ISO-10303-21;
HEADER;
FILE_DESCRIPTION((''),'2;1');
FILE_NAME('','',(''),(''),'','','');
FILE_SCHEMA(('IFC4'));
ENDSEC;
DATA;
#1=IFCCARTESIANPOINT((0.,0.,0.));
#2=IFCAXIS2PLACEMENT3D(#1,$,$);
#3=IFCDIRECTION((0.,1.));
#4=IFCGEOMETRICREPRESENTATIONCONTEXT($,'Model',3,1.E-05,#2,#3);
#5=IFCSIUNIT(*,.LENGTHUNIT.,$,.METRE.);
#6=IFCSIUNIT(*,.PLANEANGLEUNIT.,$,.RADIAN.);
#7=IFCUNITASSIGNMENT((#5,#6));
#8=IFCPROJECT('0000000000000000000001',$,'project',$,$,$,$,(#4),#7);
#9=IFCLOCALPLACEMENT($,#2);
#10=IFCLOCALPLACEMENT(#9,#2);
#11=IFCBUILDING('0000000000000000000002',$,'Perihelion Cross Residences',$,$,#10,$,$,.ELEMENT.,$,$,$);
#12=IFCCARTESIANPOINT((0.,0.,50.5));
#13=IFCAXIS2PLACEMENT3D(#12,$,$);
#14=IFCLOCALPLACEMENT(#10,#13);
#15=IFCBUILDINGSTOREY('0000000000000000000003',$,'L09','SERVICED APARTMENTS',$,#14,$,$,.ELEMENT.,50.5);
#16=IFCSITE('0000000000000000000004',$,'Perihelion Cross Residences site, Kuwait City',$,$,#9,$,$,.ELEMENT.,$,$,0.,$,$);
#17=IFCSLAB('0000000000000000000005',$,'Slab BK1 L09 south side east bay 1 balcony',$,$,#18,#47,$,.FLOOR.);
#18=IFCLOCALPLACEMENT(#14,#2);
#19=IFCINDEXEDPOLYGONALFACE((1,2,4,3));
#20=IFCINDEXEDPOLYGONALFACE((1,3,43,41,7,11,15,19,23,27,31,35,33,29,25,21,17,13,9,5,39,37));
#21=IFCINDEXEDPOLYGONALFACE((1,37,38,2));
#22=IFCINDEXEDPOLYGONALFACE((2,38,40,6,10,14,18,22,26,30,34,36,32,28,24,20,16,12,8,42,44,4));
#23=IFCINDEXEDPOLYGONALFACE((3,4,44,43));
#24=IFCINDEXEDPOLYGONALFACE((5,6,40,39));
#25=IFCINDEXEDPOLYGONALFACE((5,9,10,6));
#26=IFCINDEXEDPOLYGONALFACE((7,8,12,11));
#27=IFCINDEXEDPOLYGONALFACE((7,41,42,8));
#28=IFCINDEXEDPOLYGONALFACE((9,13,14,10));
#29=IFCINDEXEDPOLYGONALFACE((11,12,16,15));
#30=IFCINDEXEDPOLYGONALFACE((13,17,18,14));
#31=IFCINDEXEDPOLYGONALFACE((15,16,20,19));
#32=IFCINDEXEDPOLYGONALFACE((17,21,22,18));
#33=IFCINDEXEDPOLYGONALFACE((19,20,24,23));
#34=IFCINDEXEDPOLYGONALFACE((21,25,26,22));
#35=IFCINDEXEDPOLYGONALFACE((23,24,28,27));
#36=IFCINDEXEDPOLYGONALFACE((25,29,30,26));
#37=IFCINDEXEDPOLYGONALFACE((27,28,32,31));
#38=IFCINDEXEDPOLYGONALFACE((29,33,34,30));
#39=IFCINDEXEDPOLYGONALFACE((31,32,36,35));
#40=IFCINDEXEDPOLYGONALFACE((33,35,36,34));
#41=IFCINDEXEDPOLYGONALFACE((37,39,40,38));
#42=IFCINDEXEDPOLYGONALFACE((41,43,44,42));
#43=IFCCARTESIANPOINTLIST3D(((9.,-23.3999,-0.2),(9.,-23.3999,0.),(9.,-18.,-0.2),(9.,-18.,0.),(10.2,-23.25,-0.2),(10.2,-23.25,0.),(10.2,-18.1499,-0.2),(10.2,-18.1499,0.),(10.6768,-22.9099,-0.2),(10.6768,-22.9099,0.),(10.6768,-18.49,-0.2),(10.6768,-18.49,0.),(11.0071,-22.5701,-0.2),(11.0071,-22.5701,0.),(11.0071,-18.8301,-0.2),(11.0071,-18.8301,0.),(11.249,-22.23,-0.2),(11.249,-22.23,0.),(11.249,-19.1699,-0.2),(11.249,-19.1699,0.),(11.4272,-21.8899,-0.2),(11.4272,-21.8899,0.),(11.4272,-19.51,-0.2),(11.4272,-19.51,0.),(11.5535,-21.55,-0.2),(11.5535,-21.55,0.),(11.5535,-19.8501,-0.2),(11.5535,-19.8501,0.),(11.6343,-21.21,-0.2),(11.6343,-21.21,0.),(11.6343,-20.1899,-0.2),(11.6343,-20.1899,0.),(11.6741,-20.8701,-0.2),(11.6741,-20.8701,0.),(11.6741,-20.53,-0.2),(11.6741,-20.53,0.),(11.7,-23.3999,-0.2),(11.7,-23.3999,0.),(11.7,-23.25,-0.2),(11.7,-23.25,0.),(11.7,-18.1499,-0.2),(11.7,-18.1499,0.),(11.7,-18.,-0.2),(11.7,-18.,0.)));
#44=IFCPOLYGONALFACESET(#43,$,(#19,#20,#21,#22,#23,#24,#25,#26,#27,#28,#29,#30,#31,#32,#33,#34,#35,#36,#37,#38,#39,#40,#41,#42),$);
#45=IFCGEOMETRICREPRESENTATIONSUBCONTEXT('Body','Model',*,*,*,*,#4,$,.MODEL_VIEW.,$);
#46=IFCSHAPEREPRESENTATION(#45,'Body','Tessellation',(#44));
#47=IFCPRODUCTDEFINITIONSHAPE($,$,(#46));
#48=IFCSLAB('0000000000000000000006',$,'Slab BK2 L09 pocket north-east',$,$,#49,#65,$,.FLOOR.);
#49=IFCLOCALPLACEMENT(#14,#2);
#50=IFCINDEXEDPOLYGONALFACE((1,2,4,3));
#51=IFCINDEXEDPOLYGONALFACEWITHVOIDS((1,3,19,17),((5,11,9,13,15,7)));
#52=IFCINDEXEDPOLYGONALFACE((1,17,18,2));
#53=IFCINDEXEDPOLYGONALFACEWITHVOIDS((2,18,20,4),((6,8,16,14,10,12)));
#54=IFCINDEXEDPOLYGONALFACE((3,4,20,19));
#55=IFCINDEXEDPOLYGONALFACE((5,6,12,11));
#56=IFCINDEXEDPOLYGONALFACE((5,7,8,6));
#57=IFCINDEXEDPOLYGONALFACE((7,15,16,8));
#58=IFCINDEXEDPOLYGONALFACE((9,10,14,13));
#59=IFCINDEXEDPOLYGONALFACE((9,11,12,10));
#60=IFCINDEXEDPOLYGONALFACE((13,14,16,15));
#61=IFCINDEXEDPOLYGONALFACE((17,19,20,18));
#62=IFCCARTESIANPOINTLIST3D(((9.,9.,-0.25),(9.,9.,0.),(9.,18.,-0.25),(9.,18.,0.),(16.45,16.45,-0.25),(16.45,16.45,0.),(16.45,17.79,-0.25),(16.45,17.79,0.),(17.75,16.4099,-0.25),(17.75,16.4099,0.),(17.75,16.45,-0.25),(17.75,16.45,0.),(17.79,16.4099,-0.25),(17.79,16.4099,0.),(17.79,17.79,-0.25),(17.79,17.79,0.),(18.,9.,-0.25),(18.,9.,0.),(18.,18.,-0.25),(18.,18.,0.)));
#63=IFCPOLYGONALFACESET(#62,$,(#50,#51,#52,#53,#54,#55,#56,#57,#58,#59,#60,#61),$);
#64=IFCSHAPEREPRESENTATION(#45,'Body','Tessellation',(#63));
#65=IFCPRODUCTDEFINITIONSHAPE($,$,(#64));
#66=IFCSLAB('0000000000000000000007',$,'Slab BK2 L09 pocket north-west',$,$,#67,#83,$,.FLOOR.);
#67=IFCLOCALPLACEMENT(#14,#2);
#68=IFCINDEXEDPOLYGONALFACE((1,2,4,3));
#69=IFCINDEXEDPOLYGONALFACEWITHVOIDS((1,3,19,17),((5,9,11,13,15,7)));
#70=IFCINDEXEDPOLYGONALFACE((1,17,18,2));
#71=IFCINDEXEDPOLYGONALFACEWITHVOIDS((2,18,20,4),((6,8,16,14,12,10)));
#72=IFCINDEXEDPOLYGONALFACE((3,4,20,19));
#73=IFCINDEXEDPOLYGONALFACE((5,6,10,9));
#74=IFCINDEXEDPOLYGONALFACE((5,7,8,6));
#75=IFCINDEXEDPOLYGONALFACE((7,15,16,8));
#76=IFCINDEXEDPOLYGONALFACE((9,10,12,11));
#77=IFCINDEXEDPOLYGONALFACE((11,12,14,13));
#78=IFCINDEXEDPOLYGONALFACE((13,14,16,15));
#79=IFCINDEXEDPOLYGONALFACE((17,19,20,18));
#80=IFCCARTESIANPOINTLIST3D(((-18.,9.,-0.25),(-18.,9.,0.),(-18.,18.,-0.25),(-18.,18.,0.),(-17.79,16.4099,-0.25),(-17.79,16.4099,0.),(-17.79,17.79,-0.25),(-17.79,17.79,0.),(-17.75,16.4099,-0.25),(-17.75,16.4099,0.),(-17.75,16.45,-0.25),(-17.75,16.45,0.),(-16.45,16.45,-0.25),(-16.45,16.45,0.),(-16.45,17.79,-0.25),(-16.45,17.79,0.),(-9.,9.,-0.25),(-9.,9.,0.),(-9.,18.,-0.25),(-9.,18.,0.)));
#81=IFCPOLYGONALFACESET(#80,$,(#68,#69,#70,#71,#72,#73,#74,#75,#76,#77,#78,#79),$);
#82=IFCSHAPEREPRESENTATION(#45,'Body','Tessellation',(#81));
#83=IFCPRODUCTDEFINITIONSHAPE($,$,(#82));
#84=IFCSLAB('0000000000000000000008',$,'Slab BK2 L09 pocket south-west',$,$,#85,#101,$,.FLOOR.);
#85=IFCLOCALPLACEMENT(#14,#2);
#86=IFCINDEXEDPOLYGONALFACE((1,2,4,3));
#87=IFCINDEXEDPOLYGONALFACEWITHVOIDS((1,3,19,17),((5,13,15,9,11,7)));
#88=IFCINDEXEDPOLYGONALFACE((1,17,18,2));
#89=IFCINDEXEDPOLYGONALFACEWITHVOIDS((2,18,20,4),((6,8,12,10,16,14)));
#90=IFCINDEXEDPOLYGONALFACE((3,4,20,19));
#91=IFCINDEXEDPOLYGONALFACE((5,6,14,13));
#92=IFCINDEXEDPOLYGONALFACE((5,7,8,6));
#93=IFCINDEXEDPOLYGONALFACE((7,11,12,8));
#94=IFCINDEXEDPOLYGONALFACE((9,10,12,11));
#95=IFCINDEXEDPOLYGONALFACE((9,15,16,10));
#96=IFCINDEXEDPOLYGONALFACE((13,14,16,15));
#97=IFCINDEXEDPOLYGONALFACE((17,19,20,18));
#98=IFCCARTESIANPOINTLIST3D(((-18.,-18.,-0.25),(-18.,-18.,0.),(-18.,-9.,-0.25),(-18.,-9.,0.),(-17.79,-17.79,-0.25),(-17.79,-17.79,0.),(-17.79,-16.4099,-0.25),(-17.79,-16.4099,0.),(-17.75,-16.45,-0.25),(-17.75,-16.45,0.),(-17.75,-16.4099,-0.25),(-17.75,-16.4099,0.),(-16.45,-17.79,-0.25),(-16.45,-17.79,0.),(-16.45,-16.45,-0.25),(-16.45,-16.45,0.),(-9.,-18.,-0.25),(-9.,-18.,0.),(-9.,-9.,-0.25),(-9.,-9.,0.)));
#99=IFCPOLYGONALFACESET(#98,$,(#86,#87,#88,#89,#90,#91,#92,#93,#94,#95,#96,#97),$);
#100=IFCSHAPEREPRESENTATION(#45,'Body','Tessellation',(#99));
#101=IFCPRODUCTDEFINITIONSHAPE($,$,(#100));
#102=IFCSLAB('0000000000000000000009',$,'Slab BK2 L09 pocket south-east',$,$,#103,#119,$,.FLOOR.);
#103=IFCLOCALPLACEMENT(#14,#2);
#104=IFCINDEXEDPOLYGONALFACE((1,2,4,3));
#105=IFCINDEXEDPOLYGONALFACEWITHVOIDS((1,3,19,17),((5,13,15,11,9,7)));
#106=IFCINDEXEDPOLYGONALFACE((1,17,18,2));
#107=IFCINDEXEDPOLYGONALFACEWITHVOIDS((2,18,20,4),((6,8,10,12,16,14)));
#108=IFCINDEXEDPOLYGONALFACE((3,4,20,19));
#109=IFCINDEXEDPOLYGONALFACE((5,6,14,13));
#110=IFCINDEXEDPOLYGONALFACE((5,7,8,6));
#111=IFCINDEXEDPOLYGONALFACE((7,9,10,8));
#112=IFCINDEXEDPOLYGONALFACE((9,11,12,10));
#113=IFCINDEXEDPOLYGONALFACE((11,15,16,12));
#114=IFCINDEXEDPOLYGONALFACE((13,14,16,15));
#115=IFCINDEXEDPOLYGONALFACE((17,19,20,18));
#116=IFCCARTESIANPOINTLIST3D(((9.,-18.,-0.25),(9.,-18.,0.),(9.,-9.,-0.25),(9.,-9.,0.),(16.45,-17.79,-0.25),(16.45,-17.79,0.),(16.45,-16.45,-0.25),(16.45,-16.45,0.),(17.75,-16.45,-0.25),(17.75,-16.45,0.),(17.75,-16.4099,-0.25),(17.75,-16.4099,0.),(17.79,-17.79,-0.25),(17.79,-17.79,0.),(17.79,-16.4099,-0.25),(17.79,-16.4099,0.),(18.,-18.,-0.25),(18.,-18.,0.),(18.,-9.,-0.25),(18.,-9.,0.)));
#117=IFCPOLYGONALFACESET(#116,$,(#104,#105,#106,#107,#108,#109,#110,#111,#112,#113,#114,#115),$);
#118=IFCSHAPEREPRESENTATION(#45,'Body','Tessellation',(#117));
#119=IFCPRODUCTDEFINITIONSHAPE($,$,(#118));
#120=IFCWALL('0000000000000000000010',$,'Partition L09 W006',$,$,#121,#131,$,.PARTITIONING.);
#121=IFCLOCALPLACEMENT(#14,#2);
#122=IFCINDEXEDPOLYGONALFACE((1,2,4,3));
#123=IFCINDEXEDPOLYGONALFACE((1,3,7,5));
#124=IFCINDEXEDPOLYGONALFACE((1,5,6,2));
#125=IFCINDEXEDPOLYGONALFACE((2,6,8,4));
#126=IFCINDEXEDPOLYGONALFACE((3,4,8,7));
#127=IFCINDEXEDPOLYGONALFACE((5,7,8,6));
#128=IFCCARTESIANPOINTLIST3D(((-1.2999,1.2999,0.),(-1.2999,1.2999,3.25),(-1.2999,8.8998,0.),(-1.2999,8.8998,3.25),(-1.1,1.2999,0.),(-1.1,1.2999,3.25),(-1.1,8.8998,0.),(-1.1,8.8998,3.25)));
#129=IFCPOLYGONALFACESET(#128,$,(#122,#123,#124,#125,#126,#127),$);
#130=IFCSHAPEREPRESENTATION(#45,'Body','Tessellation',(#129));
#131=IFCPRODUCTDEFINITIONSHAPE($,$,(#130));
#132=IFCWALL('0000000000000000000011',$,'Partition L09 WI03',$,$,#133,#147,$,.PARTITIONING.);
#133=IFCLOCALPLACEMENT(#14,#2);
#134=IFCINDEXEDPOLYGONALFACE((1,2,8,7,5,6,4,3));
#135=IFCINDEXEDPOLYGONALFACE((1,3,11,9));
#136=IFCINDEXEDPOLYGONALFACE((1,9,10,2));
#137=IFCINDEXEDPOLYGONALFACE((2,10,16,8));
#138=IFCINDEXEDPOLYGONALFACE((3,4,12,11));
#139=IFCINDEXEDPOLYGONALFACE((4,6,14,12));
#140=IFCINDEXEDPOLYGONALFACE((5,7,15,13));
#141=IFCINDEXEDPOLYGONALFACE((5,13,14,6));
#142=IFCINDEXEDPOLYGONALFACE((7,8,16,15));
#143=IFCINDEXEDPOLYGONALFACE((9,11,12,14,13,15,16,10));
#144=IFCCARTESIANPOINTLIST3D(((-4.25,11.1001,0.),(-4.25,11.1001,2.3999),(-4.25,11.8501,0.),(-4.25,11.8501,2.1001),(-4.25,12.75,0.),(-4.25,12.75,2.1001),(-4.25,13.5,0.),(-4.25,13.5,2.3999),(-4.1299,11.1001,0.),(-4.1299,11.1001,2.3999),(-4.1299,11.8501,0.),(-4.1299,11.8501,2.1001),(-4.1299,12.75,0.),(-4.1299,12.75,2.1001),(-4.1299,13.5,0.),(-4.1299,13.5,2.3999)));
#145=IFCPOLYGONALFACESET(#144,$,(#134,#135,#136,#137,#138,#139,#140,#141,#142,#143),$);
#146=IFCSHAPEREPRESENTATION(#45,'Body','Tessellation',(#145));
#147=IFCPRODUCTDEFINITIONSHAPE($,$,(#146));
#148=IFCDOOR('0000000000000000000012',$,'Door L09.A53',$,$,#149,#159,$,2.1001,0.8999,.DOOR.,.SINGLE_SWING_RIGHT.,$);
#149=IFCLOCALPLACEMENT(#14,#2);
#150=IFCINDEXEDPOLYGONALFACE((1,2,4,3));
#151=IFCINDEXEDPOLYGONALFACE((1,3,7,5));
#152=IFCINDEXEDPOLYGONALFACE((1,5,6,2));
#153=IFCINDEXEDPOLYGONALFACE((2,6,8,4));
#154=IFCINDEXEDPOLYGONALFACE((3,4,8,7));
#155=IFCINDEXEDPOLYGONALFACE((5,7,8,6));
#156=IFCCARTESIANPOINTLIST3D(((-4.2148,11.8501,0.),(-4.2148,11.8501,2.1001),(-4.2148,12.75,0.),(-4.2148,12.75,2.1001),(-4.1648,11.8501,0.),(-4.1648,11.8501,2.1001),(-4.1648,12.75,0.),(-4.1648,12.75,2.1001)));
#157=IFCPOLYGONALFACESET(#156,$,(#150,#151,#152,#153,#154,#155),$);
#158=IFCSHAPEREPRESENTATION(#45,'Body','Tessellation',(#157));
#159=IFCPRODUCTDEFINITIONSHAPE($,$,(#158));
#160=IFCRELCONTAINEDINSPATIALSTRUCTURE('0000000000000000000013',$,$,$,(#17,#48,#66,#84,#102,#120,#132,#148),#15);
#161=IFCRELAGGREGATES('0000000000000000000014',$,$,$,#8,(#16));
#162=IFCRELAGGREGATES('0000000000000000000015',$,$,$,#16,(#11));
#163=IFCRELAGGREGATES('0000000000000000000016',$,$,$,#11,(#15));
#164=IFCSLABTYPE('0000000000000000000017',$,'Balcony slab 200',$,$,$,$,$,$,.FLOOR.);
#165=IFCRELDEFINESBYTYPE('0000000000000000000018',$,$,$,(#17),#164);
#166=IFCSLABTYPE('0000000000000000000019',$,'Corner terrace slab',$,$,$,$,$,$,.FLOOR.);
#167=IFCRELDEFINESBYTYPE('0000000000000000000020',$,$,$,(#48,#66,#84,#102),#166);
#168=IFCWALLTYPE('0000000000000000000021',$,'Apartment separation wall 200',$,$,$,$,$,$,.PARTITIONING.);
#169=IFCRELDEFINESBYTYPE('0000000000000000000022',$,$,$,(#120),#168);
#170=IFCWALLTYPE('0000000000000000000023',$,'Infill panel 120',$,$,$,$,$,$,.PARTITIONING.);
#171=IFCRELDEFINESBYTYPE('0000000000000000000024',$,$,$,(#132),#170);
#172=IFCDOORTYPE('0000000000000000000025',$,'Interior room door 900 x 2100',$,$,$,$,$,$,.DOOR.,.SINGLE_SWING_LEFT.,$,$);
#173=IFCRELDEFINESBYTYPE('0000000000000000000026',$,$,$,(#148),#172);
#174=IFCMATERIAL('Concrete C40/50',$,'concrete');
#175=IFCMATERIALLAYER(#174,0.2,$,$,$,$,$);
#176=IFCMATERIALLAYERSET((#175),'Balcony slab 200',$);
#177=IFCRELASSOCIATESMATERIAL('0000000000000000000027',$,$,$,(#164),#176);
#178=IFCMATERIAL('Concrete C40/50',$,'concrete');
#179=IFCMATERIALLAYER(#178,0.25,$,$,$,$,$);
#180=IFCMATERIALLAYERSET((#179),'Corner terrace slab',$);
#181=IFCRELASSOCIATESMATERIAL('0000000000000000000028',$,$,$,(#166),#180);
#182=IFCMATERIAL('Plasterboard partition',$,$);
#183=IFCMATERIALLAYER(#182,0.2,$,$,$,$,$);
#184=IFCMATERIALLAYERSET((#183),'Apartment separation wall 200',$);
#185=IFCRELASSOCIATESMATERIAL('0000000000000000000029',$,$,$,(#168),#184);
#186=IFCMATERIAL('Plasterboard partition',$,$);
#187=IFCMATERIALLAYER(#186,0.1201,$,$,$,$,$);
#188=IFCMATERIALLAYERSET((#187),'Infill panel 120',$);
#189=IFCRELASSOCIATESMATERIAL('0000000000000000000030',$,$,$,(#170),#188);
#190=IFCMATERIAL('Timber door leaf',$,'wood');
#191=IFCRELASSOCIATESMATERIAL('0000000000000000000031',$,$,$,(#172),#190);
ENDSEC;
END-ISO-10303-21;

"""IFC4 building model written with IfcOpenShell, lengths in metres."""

from ifc_helpers import new_model, si_unit, direction, frame, frame_2d, origin, place, context, subcontext, project, spatial, polyline, rectangle, outline, extrude, material, layer, layer_set, type_object, element, fill, save


model = new_model("IFC4")

# Units and contexts
model_context = context("Model", 3, precision=1e-05, world=origin(), true_north=direction((0.0, 1.0)))
body_context = subcontext(model_context, "Body", "Model", "MODEL_VIEW")
ifc_project = project(units=[si_unit("LENGTHUNIT", "METRE"), si_unit("PLANEANGLEUNIT", "RADIAN")], contexts=[model_context])

# Site, building, storey
site_placement = place(None, origin())
site = spatial("IfcSite", under=ifc_project, at=site_placement, Name="Perihelion Cross Residences site, Kuwait City", CompositionType="ELEMENT", RefElevation=0.0)
building_placement = place(site_placement, origin())
building = spatial("IfcBuilding", under=site, at=building_placement, Name="Perihelion Cross Residences", CompositionType="ELEMENT")
storey_placement = place(building_placement, frame((0.0, 0.0, 50.5)))
storey = spatial("IfcBuildingStorey", under=building, at=storey_placement, Name="L09", Description="SERVICED APARTMENTS", CompositionType="ELEMENT", Elevation=50.5)

# Slabs
ifc_material_1 = material(Name="Concrete C40/50", Category="concrete")
ifc_layer_1 = layer(ifc_material_1, 0.2)
ifc_layer_set_1 = layer_set([ifc_layer_1], Name="Balcony slab 200")
slab_type_1 = type_object("IfcSlabType", Name="Balcony slab 200", PredefinedType="FLOOR", material=ifc_layer_set_1)
slab_1_placement = place(storey_placement, frame((0.0, 0.0, -0.2)))
element("IfcSlab", 1, at=slab_1_placement, inside=storey, type_object=slab_type_1, Name="Slab BK1 L09 south side east bay 1 balcony", PredefinedType="FLOOR", context=body_context, shape_type="SweptSolid", body=[
    extrude(outline(polyline([(9.0, -23.3999), (9.0, -18.0), (11.7, -18.0), (11.7, -18.1499), (10.2, -18.1499), (10.6768, -18.49), (11.0071, -18.8301), (11.249, -19.1699), (11.4272, -19.51), (11.5535, -19.8501), (11.6343, -20.1899), (11.6741, -20.53), (11.6741, -20.8701), (11.6343, -21.21), (11.5535, -21.55), (11.4272, -21.8899), (11.249, -22.23), (11.0071, -22.5701), (10.6768, -22.9099), (10.2, -23.25), (11.7, -23.25), (11.7, -23.3999), (9.0, -23.3999)])), origin(), (0.0, 0.0, 1.0), 0.2),
])
ifc_material_2 = material(Name="Concrete C40/50", Category="concrete")
ifc_layer_2 = layer(ifc_material_2, 0.25)
ifc_layer_set_2 = layer_set([ifc_layer_2], Name="Corner terrace slab")
slab_type_2 = type_object("IfcSlabType", Name="Corner terrace slab", PredefinedType="FLOOR", material=ifc_layer_set_2)
slab_2_placement = place(storey_placement, frame((0.0, 0.0, -0.25)))
element("IfcSlab", 2, at=slab_2_placement, inside=storey, type_object=slab_type_2, Name="Slab BK2 L09 pocket north-east", PredefinedType="FLOOR", context=body_context, shape_type="SweptSolid", body=[
    extrude(outline(polyline([(18.0, 9.0), (18.0, 18.0), (9.0, 18.0), (9.0, 9.0), (18.0, 9.0)]), holes=[polyline([(16.45, 16.45), (16.45, 17.79), (17.79, 17.79), (17.79, 16.4099), (17.75, 16.4099), (17.75, 16.45), (16.45, 16.45)])]), origin(), (0.0, 0.0, 1.0), 0.25),
])
slab_3_placement = place(storey_placement, frame((0.0, 0.0, -0.25)))
element("IfcSlab", 3, at=slab_3_placement, inside=storey, type_object=slab_type_2, Name="Slab BK2 L09 pocket north-west", PredefinedType="FLOOR", context=body_context, shape_type="SweptSolid", body=[
    extrude(outline(polyline([(-9.0, 9.0), (-9.0, 18.0), (-18.0, 18.0), (-18.0, 9.0), (-9.0, 9.0)]), holes=[polyline([(-17.79, 16.4099), (-17.79, 17.79), (-16.45, 17.79), (-16.45, 16.45), (-17.75, 16.45), (-17.75, 16.4099), (-17.79, 16.4099)])]), origin(), (0.0, 0.0, 1.0), 0.25),
])
slab_4_placement = place(storey_placement, frame((0.0, 0.0, -0.25)))
element("IfcSlab", 4, at=slab_4_placement, inside=storey, type_object=slab_type_2, Name="Slab BK2 L09 pocket south-west", PredefinedType="FLOOR", context=body_context, shape_type="SweptSolid", body=[
    extrude(outline(polyline([(-9.0, -18.0), (-9.0, -9.0), (-18.0, -9.0), (-18.0, -18.0), (-9.0, -18.0)]), holes=[polyline([(-17.79, -16.4099), (-17.75, -16.4099), (-17.75, -16.45), (-16.45, -16.45), (-16.45, -17.79), (-17.79, -17.79), (-17.79, -16.4099)])]), origin(), (0.0, 0.0, 1.0), 0.25),
])
slab_5_placement = place(storey_placement, frame((0.0, 0.0, -0.25)))
element("IfcSlab", 5, at=slab_5_placement, inside=storey, type_object=slab_type_2, Name="Slab BK2 L09 pocket south-east", PredefinedType="FLOOR", context=body_context, shape_type="SweptSolid", body=[
    extrude(outline(polyline([(18.0, -18.0), (18.0, -9.0), (9.0, -9.0), (9.0, -18.0), (18.0, -18.0)]), holes=[polyline([(16.45, -17.79), (16.45, -16.45), (17.75, -16.45), (17.75, -16.4099), (17.79, -16.4099), (17.79, -17.79), (16.45, -17.79)])]), origin(), (0.0, 0.0, 1.0), 0.25),
])

# Wall
ifc_material_3 = material(Name="Plasterboard partition")
ifc_layer_3 = layer(ifc_material_3, 0.2)
ifc_layer_set_3 = layer_set([ifc_layer_3], Name="Apartment separation wall 200")
wall_type_1 = type_object("IfcWallType", Name="Apartment separation wall 200", PredefinedType="PARTITIONING", material=ifc_layer_set_3)
wall_1_placement = place(storey_placement, frame((-1.2, 1.3, 0.0), z_axis=(0.0, 0.0, 1.0), x_axis=(0.0, 1.0, 0.0)))
element("IfcWall", 6, at=wall_1_placement, inside=storey, type_object=wall_type_1, Name="Partition L09 W006", PredefinedType="PARTITIONING", context=body_context, shape_type="SweptSolid", body=[
    extrude(rectangle(XDim=7.5999, YDim=0.2, at=frame_2d((3.7998, 0.0))), origin(), (0.0, 0.0, 1.0), 3.25),
])

# Wall, opening, door
ifc_material_4 = material(Name="Plasterboard partition")
ifc_layer_4 = layer(ifc_material_4, 0.1201)
ifc_layer_set_4 = layer_set([ifc_layer_4], Name="Infill panel 120")
wall_type_2 = type_object("IfcWallType", Name="Infill panel 120", PredefinedType="PARTITIONING", material=ifc_layer_set_4)
wall_2_placement = place(storey_placement, frame((-4.1899, 11.1001, 0.0), z_axis=(0.0, 0.0, 1.0), x_axis=(0.0, 1.0, 0.0)))
wall_2 = element("IfcWall", 7, at=wall_2_placement, inside=storey, type_object=wall_type_2, Name="Partition L09 WI03", PredefinedType="PARTITIONING", context=body_context, shape_type="SweptSolid", body=[
    extrude(rectangle(XDim=2.3999, YDim=0.1201, at=frame_2d((1.2, 0.0))), origin(), (0.0, 0.0, 1.0), 2.3999),
])
opening_1_placement = place(wall_2_placement, frame((0.75, 0.0, 0.0)))
opening_1 = element("IfcOpeningElement", 8, at=opening_1_placement, cuts=wall_2, PredefinedType="OPENING", context=body_context, shape_type="SweptSolid", body=[
    extrude(rectangle(XDim=0.8999, YDim=2.1001, at=frame_2d((0.45, 1.05))), frame((0.0, 0.0701, 0.0), z_axis=(0.0, -1.0, 0.0), x_axis=(1.0, 0.0, 0.0)), (0.0, 0.0, 1.0), 0.1401),
])
ifc_material_5 = material(Name="Timber door leaf", Category="wood")
door_type_1 = type_object("IfcDoorType", Name="Interior room door 900 x 2100", OperationType="SINGLE_SWING_LEFT", PredefinedType="DOOR", material=ifc_material_5)
door_1_placement = place(opening_1_placement, origin())
door_1 = element("IfcDoor", 9, at=door_1_placement, inside=storey, type_object=door_type_1, Name="Door L09.A53", OperationType="SINGLE_SWING_RIGHT", OverallHeight=2.1001, OverallWidth=0.8999, PredefinedType="DOOR", context=body_context, shape_type="SweptSolid", body=[
    extrude(rectangle(XDim=0.8999, YDim=2.1001, at=frame_2d((0.45, 1.05))), frame((0.0, 0.0249, 0.0), z_axis=(0.0, -1.0, 0.0), x_axis=(1.0, 0.0, 0.0)), (0.0, 0.0, 1.0), 0.05),
])
fill(opening_1, door_1)

save(model, "model.ifc")
